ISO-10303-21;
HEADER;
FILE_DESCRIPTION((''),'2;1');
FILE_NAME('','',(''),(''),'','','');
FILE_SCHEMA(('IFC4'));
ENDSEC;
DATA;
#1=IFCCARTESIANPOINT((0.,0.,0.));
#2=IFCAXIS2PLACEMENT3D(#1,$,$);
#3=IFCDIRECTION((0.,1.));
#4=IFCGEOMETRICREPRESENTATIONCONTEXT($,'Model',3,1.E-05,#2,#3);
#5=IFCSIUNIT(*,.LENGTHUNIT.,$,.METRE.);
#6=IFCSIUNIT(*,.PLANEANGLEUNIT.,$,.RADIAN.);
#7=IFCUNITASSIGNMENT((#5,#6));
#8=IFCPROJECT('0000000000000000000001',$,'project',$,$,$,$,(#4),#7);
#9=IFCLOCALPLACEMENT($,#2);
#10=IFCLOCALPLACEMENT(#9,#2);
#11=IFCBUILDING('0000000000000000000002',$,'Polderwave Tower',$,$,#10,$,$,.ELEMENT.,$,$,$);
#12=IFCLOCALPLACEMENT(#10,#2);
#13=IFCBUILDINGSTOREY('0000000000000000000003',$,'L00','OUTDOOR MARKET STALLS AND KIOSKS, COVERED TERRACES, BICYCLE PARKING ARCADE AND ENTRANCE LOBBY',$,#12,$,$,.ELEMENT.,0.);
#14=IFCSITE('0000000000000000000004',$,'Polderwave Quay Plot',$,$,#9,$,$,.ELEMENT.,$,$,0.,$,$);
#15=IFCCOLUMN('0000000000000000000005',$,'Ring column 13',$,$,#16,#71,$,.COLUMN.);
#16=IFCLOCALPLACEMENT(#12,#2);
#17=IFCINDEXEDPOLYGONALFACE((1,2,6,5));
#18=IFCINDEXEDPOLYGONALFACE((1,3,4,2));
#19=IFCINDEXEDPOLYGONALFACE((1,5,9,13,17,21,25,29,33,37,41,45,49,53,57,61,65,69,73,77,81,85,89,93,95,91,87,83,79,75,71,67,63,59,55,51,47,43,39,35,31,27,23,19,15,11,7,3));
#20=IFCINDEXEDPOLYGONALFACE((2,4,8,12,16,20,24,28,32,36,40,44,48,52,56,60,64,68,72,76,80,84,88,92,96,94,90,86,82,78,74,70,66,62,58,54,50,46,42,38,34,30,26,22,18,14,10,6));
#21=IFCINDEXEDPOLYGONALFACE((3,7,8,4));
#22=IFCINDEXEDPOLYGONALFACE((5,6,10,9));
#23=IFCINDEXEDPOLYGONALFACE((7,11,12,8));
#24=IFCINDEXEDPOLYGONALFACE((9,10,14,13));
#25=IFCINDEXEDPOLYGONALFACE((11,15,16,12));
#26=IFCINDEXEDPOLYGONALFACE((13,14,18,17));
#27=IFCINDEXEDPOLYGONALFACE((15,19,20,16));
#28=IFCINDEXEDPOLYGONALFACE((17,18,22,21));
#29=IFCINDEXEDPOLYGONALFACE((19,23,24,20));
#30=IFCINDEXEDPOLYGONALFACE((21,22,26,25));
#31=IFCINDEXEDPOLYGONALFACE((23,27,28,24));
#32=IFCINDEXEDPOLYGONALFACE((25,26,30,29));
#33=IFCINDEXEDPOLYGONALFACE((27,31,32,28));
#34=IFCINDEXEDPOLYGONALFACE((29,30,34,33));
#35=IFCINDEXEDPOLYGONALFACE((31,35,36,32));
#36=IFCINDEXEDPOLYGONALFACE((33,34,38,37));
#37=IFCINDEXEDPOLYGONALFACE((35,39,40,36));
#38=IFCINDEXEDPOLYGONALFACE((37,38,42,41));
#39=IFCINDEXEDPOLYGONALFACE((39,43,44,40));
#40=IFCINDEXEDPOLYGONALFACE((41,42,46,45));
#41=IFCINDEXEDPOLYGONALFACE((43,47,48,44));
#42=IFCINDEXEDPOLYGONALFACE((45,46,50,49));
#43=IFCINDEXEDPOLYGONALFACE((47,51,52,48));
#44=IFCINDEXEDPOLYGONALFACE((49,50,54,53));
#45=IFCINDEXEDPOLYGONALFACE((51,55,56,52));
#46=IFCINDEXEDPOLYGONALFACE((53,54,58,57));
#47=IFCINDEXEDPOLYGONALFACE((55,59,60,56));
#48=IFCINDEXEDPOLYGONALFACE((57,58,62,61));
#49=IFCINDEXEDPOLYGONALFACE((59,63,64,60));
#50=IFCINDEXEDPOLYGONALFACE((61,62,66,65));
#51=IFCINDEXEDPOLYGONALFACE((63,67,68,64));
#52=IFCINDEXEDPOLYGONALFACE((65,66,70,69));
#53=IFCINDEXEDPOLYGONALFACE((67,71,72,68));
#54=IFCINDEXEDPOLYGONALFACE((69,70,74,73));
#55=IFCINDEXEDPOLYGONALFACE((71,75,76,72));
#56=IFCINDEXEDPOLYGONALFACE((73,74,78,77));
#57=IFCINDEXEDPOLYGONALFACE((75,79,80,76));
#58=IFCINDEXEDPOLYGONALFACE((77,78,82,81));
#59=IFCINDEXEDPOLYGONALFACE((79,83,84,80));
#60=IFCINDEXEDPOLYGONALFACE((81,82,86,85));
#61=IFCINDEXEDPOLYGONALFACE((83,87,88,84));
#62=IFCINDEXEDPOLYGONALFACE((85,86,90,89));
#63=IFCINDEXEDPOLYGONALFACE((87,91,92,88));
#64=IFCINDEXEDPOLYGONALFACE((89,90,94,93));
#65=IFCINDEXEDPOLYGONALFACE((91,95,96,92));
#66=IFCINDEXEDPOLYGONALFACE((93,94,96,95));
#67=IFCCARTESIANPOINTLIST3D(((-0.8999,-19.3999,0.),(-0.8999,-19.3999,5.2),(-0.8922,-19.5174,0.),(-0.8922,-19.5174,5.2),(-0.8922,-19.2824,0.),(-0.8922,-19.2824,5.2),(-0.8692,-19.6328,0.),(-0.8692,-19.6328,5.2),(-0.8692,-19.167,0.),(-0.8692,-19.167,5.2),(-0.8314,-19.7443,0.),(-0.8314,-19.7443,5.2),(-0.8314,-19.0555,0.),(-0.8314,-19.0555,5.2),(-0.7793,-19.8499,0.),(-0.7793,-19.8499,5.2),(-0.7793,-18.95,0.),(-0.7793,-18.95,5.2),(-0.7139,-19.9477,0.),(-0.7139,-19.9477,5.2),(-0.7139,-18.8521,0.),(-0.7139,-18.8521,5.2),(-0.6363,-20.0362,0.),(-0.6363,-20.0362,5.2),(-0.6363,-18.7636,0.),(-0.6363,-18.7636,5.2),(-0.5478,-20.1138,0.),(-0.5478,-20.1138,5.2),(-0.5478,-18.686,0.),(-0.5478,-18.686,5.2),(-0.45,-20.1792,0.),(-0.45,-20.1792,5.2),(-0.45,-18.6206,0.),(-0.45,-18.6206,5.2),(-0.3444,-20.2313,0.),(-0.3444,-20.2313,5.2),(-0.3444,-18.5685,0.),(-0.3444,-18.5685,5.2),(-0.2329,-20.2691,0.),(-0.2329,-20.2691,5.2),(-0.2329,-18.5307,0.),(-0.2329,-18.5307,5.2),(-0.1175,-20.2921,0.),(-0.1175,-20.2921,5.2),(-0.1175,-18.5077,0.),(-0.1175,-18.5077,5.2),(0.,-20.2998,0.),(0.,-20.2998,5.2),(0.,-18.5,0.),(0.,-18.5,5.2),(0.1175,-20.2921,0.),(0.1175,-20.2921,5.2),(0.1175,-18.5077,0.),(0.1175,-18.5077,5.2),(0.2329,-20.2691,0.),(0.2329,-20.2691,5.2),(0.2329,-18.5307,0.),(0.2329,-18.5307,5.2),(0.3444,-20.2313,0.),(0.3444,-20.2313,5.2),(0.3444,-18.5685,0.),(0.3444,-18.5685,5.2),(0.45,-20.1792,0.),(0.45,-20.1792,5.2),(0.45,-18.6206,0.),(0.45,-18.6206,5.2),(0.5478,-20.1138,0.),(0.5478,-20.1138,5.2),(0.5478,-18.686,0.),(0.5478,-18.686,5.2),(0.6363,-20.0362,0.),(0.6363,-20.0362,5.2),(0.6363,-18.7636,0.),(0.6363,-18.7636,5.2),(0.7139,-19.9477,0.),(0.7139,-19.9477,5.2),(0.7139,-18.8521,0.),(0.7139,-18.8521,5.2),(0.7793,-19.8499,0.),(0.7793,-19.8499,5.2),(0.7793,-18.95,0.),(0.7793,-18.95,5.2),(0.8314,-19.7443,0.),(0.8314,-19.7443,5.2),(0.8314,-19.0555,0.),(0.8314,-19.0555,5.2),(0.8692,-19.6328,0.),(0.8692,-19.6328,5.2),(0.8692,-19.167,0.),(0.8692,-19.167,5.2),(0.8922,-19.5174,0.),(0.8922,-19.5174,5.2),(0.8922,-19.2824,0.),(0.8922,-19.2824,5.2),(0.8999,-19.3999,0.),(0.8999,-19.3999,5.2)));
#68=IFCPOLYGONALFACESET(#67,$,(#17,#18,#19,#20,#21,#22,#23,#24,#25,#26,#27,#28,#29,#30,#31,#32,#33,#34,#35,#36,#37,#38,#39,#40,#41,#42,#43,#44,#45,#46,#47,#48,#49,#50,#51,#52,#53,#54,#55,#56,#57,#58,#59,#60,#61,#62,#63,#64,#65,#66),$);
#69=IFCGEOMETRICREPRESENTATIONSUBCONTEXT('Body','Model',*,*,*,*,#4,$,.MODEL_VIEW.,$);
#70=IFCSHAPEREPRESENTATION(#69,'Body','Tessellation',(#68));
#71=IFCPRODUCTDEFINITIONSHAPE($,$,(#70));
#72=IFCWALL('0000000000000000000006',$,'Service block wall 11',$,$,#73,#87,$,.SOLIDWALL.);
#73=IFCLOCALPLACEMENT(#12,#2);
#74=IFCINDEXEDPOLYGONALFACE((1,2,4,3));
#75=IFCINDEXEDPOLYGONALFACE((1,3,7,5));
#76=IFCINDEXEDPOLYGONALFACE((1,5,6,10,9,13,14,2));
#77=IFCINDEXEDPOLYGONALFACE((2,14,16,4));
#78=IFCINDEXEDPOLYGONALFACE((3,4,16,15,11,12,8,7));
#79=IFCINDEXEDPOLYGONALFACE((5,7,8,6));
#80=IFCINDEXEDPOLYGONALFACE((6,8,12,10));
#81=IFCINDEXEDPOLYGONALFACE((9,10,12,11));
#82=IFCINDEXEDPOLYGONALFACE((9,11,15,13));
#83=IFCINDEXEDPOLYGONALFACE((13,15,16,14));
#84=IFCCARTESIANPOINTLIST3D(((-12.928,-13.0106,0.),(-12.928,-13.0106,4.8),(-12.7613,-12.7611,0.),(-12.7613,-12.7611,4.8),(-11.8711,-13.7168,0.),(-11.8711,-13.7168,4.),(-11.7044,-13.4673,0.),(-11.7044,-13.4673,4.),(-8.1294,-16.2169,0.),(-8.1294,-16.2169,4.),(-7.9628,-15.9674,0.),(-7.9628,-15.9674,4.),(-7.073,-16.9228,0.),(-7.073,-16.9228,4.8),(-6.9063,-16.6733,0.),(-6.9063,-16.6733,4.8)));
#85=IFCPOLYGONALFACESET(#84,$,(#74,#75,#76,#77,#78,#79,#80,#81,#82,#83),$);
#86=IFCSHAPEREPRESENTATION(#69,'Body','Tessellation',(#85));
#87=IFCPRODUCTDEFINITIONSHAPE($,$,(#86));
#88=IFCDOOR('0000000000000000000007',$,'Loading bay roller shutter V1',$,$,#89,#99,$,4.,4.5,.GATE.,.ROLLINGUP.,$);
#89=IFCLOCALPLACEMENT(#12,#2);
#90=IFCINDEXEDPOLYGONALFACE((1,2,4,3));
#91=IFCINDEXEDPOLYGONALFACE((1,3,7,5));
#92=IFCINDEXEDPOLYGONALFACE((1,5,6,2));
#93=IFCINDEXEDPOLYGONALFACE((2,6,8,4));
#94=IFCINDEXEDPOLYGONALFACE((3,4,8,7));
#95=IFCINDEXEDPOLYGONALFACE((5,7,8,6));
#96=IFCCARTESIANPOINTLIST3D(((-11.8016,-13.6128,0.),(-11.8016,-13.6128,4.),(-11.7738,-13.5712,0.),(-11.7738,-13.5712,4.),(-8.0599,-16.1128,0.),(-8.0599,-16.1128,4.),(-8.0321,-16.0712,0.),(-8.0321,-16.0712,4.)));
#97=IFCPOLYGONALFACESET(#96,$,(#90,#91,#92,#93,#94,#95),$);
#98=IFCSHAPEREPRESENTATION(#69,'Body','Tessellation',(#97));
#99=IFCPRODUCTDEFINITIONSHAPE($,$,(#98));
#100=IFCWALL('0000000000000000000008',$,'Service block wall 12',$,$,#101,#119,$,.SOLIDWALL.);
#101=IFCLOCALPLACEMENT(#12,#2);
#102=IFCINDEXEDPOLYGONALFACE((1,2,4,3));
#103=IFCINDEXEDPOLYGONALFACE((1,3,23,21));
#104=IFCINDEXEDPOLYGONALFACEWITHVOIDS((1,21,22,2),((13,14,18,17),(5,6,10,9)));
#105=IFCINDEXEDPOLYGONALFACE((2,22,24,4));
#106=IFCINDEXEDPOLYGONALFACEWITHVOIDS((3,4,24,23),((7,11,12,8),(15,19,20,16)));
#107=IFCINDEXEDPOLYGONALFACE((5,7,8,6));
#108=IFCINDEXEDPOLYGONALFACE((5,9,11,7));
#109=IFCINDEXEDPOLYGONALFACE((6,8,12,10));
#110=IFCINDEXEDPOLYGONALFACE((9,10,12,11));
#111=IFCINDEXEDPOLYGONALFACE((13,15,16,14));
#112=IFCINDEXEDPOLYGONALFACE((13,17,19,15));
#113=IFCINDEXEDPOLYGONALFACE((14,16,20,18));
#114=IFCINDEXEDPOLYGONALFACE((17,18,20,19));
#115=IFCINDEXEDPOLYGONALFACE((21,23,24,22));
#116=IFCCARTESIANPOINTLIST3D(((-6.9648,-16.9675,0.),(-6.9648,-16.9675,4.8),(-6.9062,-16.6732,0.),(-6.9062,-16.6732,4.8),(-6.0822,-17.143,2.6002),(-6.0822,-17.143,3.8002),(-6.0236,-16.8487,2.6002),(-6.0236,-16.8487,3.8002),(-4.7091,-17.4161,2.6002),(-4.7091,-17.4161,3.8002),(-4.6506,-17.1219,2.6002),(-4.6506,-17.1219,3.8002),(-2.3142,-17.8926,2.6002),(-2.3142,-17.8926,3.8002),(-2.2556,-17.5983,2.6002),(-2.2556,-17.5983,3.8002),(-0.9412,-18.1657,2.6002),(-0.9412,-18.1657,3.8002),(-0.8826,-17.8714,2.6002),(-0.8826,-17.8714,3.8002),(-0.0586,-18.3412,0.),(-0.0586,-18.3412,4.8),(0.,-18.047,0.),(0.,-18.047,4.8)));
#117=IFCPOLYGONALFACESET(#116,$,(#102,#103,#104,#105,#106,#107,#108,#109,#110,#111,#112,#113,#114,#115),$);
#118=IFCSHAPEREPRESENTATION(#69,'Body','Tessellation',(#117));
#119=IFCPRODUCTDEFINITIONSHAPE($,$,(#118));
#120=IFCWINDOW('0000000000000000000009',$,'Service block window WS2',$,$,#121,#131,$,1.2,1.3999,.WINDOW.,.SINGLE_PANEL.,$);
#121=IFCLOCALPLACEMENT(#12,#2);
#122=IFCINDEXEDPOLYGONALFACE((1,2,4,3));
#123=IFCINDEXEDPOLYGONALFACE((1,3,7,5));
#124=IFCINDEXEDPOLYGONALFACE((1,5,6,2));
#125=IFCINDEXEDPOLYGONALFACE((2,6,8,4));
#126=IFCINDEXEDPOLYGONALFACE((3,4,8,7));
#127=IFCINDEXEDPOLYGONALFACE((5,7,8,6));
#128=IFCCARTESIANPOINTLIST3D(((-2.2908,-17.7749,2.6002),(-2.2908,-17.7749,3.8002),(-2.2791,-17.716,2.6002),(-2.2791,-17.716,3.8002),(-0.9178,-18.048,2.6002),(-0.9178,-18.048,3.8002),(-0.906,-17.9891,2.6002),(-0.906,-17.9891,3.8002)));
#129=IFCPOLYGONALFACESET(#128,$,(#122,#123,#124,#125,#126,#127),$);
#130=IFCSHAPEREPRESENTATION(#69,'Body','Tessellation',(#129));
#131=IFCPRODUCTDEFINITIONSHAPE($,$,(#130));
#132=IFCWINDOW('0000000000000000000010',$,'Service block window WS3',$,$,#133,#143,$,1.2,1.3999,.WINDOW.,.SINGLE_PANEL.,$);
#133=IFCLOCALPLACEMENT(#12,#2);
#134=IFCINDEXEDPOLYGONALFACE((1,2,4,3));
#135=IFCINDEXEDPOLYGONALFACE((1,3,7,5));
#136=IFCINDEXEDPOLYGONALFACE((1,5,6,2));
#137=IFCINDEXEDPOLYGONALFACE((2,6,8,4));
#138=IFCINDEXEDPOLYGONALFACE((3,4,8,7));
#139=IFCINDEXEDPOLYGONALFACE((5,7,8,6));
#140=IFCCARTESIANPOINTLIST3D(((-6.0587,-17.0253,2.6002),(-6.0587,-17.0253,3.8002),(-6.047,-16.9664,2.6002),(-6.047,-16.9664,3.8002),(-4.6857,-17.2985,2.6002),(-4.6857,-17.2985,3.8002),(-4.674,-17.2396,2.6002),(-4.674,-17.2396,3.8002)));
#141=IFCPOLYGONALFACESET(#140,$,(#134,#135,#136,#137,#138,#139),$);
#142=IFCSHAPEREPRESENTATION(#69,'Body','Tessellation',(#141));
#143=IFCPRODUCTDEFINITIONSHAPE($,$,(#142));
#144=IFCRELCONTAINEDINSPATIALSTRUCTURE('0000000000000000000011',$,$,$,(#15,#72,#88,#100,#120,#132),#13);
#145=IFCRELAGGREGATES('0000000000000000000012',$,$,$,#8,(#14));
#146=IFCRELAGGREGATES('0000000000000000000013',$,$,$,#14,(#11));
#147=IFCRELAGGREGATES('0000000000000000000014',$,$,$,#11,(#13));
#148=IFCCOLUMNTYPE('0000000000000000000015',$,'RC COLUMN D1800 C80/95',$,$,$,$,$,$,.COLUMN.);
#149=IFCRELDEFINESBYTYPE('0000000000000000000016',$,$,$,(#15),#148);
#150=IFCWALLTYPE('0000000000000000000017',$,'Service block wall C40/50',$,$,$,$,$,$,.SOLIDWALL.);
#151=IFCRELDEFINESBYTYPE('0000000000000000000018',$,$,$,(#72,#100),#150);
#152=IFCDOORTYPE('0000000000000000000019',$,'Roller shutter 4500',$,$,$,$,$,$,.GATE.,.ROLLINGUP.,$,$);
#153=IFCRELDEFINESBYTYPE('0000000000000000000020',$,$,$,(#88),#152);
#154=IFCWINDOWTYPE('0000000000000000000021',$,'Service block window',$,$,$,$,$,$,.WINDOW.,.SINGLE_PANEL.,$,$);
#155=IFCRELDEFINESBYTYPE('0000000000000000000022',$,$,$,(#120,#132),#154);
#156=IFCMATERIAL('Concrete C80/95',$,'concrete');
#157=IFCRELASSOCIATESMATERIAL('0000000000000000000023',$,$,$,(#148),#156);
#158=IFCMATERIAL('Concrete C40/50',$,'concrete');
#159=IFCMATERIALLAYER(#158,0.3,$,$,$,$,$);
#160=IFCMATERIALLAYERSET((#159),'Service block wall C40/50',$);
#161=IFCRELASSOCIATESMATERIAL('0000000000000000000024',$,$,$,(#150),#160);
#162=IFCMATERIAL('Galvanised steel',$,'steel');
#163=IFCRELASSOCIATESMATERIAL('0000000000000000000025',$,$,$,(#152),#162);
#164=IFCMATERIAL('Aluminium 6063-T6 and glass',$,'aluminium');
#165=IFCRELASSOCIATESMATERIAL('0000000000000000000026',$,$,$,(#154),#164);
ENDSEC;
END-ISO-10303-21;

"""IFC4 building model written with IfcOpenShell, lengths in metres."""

from ifc_helpers import new_model, si_unit, direction, frame, frame_2d, origin, origin_2d, place, context, subcontext, project, spatial, rectangle, circle, extrude, material, layer, layer_set, material_profile, profile_set, type_object, element, fill, save


model = new_model("IFC4")

# Units and contexts
model_context = context("Model", 3, precision=1e-05, world=origin(), true_north=direction((0.0, 1.0)))
body_context = subcontext(model_context, "Body", "Model", "MODEL_VIEW")
ifc_project = project(units=[si_unit("LENGTHUNIT", "METRE"), si_unit("PLANEANGLEUNIT", "RADIAN")], contexts=[model_context])

# Site, building, storey
site_placement = place(None, origin())
site = spatial("IfcSite", under=ifc_project, at=site_placement, Name="Polderwave Quay Plot", CompositionType="ELEMENT", RefElevation=0.0)
building_placement = place(site_placement, origin())
building = spatial("IfcBuilding", under=site, at=building_placement, Name="Polderwave Tower", CompositionType="ELEMENT")
storey_placement = place(building_placement, origin())
storey = spatial("IfcBuildingStorey", under=building, at=storey_placement, Name="L00", Description="OUTDOOR MARKET STALLS AND KIOSKS, COVERED TERRACES, BICYCLE PARKING ARCADE AND ENTRANCE LOBBY", CompositionType="ELEMENT", Elevation=0.0)

# Column
ifc_material_1 = material(Name="Concrete C80/95", Category="concrete")
ifc_material_profile_1 = material_profile(ifc_material_1, circle(Radius=0.8999, at=origin_2d()), Name="RC D1800")
ifc_profile_set_1 = profile_set([ifc_material_profile_1], Name="Concrete C80/95")
column_type = type_object("IfcColumnType", Name="RC COLUMN D1800 C80/95", PredefinedType="COLUMN", material=ifc_profile_set_1)
for number, where, z_axis, x_axis, name in (
    (1, (0.0, -19.3999, 0.0), (0.0, 0.0, 1.0), (0.0, -1.0, 0.0), "Ring column 13"),
):
    element("IfcColumn", number, at=place(storey_placement, frame(where, z_axis=z_axis, x_axis=x_axis)), inside=storey, type_object=column_type, Name=name, PredefinedType="COLUMN", context=body_context, shape_type="SweptSolid", body=[
        extrude(circle(Radius=0.8999, at=origin_2d()), origin(), (0.0, 0.0, 1.0), 5.2),
    ])

# Wall, opening, door
ifc_material_2 = material(Name="Concrete C40/50", Category="concrete")
ifc_layer = layer(ifc_material_2, 0.3)
ifc_layer_set = layer_set([ifc_layer], Name="Service block wall C40/50")
wall_type = type_object("IfcWallType", Name="Service block wall C40/50", PredefinedType="SOLIDWALL", material=ifc_layer_set)
wall_1_placement = place(storey_placement, frame((-6.9895, -16.7981, 0.0), z_axis=(0.0, 0.0, 1.0), x_axis=(-0.831474, 0.555564, 0.0)))
wall_1 = element("IfcWall", 2, at=wall_1_placement, inside=storey, type_object=wall_type, Name="Service block wall 11", PredefinedType="SOLIDWALL", context=body_context, shape_type="SweptSolid", body=[
    extrude(rectangle(XDim=7.0417, YDim=0.3, at=frame_2d((3.521, 0.0))), origin(), (0.0, 0.0, 1.0), 4.8),
])
opening_1_placement = place(wall_1_placement, frame((1.2708, 0.0, 0.0)))
opening_1 = element("IfcOpeningElement", 3, at=opening_1_placement, cuts=wall_1, PredefinedType="OPENING", context=body_context, shape_type="SweptSolid", body=[
    extrude(rectangle(XDim=4.5, YDim=4.0, at=frame_2d((2.25, 2.0))), frame((0.0, 0.1599, 0.0), z_axis=(0.0, -1.0, 0.0), x_axis=(1.0, 0.0, 0.0)), (0.0, 0.0, 1.0), 0.3201),
])
ifc_material_3 = material(Name="Galvanised steel", Category="steel")
door_type = type_object("IfcDoorType", Name="Roller shutter 4500", OperationType="ROLLINGUP", PredefinedType="GATE", material=ifc_material_3)
door_placement = place(opening_1_placement, origin())
door = element("IfcDoor", 4, at=door_placement, inside=storey, type_object=door_type, Name="Loading bay roller shutter V1", OperationType="ROLLINGUP", OverallHeight=4.0, OverallWidth=4.5, PredefinedType="GATE", context=body_context, shape_type="SweptSolid", body=[
    extrude(rectangle(XDim=4.5, YDim=4.0, at=frame_2d((2.25, 2.0))), frame((0.0, 0.0249, 0.0), z_axis=(0.0, -1.0, 0.0), x_axis=(1.0, 0.0, 0.0)), (0.0, 0.0, 1.0), 0.05),
])
fill(opening_1, door)

# Wall, openings, windows
wall_2_placement = place(storey_placement, frame((-0.0293, -18.1941, 0.0), z_axis=(0.0, 0.0, 1.0), x_axis=(-0.980784, 0.195096, 0.0)))
wall_2 = element("IfcWall", 5, at=wall_2_placement, inside=storey, type_object=wall_type, Name="Service block wall 12", PredefinedType="SOLIDWALL", context=body_context, shape_type="SweptSolid", body=[
    extrude(rectangle(XDim=7.0415, YDim=0.3, at=frame_2d((3.5208, 0.0))), origin(), (0.0, 0.0, 1.0), 4.8),
])
opening_2_placement = place(wall_2_placement, frame((0.8999, 0.0, 2.6001)))
opening_2 = element("IfcOpeningElement", 6, at=opening_2_placement, cuts=wall_2, PredefinedType="OPENING", context=body_context, shape_type="SweptSolid", body=[
    extrude(rectangle(XDim=1.3999, YDim=1.2, at=frame_2d((0.7, 0.6001))), frame((0.0, 0.1599, 0.0), z_axis=(0.0, -1.0, 0.0), x_axis=(1.0, 0.0, 0.0)), (0.0, 0.0, 1.0), 0.3201),
])
opening_3_placement = place(wall_2_placement, frame((4.7417, 0.0, 2.6001)))
opening_3 = element("IfcOpeningElement", 7, at=opening_3_placement, cuts=wall_2, PredefinedType="OPENING", context=body_context, shape_type="SweptSolid", body=[
    extrude(rectangle(XDim=1.3999, YDim=1.2, at=frame_2d((0.7, 0.6001))), frame((0.0, 0.1599, 0.0), z_axis=(0.0, -1.0, 0.0), x_axis=(1.0, 0.0, 0.0)), (0.0, 0.0, 1.0), 0.3201),
])
ifc_material_4 = material(Name="Aluminium 6063-T6 and glass", Category="aluminium")
window_type = type_object("IfcWindowType", Name="Service block window", PartitioningType="SINGLE_PANEL", PredefinedType="WINDOW", material=ifc_material_4)
window_1_placement = place(opening_2_placement, origin())
window_1 = element("IfcWindow", 8, at=window_1_placement, inside=storey, type_object=window_type, Name="Service block window WS2", OverallHeight=1.2, OverallWidth=1.3999, PartitioningType="SINGLE_PANEL", PredefinedType="WINDOW", context=body_context, shape_type="SweptSolid", body=[
    extrude(rectangle(XDim=1.3999, YDim=1.2, at=frame_2d((0.7, 0.6001))), frame((0.0, 0.03, 0.0), z_axis=(0.0, -1.0, 0.0), x_axis=(1.0, 0.0, 0.0)), (0.0, 0.0, 1.0), 0.0601),
])
fill(opening_2, window_1)
window_2_placement = place(opening_3_placement, origin())
window_2 = element("IfcWindow", 9, at=window_2_placement, inside=storey, type_object=window_type, Name="Service block window WS3", OverallHeight=1.2, OverallWidth=1.3999, PartitioningType="SINGLE_PANEL", PredefinedType="WINDOW", context=body_context, shape_type="SweptSolid", body=[
    extrude(rectangle(XDim=1.3999, YDim=1.2, at=frame_2d((0.7, 0.6001))), frame((0.0, 0.03, 0.0), z_axis=(0.0, -1.0, 0.0), x_axis=(1.0, 0.0, 0.0)), (0.0, 0.0, 1.0), 0.0601),
])
fill(opening_3, window_2)

save(model, "model.ifc")
